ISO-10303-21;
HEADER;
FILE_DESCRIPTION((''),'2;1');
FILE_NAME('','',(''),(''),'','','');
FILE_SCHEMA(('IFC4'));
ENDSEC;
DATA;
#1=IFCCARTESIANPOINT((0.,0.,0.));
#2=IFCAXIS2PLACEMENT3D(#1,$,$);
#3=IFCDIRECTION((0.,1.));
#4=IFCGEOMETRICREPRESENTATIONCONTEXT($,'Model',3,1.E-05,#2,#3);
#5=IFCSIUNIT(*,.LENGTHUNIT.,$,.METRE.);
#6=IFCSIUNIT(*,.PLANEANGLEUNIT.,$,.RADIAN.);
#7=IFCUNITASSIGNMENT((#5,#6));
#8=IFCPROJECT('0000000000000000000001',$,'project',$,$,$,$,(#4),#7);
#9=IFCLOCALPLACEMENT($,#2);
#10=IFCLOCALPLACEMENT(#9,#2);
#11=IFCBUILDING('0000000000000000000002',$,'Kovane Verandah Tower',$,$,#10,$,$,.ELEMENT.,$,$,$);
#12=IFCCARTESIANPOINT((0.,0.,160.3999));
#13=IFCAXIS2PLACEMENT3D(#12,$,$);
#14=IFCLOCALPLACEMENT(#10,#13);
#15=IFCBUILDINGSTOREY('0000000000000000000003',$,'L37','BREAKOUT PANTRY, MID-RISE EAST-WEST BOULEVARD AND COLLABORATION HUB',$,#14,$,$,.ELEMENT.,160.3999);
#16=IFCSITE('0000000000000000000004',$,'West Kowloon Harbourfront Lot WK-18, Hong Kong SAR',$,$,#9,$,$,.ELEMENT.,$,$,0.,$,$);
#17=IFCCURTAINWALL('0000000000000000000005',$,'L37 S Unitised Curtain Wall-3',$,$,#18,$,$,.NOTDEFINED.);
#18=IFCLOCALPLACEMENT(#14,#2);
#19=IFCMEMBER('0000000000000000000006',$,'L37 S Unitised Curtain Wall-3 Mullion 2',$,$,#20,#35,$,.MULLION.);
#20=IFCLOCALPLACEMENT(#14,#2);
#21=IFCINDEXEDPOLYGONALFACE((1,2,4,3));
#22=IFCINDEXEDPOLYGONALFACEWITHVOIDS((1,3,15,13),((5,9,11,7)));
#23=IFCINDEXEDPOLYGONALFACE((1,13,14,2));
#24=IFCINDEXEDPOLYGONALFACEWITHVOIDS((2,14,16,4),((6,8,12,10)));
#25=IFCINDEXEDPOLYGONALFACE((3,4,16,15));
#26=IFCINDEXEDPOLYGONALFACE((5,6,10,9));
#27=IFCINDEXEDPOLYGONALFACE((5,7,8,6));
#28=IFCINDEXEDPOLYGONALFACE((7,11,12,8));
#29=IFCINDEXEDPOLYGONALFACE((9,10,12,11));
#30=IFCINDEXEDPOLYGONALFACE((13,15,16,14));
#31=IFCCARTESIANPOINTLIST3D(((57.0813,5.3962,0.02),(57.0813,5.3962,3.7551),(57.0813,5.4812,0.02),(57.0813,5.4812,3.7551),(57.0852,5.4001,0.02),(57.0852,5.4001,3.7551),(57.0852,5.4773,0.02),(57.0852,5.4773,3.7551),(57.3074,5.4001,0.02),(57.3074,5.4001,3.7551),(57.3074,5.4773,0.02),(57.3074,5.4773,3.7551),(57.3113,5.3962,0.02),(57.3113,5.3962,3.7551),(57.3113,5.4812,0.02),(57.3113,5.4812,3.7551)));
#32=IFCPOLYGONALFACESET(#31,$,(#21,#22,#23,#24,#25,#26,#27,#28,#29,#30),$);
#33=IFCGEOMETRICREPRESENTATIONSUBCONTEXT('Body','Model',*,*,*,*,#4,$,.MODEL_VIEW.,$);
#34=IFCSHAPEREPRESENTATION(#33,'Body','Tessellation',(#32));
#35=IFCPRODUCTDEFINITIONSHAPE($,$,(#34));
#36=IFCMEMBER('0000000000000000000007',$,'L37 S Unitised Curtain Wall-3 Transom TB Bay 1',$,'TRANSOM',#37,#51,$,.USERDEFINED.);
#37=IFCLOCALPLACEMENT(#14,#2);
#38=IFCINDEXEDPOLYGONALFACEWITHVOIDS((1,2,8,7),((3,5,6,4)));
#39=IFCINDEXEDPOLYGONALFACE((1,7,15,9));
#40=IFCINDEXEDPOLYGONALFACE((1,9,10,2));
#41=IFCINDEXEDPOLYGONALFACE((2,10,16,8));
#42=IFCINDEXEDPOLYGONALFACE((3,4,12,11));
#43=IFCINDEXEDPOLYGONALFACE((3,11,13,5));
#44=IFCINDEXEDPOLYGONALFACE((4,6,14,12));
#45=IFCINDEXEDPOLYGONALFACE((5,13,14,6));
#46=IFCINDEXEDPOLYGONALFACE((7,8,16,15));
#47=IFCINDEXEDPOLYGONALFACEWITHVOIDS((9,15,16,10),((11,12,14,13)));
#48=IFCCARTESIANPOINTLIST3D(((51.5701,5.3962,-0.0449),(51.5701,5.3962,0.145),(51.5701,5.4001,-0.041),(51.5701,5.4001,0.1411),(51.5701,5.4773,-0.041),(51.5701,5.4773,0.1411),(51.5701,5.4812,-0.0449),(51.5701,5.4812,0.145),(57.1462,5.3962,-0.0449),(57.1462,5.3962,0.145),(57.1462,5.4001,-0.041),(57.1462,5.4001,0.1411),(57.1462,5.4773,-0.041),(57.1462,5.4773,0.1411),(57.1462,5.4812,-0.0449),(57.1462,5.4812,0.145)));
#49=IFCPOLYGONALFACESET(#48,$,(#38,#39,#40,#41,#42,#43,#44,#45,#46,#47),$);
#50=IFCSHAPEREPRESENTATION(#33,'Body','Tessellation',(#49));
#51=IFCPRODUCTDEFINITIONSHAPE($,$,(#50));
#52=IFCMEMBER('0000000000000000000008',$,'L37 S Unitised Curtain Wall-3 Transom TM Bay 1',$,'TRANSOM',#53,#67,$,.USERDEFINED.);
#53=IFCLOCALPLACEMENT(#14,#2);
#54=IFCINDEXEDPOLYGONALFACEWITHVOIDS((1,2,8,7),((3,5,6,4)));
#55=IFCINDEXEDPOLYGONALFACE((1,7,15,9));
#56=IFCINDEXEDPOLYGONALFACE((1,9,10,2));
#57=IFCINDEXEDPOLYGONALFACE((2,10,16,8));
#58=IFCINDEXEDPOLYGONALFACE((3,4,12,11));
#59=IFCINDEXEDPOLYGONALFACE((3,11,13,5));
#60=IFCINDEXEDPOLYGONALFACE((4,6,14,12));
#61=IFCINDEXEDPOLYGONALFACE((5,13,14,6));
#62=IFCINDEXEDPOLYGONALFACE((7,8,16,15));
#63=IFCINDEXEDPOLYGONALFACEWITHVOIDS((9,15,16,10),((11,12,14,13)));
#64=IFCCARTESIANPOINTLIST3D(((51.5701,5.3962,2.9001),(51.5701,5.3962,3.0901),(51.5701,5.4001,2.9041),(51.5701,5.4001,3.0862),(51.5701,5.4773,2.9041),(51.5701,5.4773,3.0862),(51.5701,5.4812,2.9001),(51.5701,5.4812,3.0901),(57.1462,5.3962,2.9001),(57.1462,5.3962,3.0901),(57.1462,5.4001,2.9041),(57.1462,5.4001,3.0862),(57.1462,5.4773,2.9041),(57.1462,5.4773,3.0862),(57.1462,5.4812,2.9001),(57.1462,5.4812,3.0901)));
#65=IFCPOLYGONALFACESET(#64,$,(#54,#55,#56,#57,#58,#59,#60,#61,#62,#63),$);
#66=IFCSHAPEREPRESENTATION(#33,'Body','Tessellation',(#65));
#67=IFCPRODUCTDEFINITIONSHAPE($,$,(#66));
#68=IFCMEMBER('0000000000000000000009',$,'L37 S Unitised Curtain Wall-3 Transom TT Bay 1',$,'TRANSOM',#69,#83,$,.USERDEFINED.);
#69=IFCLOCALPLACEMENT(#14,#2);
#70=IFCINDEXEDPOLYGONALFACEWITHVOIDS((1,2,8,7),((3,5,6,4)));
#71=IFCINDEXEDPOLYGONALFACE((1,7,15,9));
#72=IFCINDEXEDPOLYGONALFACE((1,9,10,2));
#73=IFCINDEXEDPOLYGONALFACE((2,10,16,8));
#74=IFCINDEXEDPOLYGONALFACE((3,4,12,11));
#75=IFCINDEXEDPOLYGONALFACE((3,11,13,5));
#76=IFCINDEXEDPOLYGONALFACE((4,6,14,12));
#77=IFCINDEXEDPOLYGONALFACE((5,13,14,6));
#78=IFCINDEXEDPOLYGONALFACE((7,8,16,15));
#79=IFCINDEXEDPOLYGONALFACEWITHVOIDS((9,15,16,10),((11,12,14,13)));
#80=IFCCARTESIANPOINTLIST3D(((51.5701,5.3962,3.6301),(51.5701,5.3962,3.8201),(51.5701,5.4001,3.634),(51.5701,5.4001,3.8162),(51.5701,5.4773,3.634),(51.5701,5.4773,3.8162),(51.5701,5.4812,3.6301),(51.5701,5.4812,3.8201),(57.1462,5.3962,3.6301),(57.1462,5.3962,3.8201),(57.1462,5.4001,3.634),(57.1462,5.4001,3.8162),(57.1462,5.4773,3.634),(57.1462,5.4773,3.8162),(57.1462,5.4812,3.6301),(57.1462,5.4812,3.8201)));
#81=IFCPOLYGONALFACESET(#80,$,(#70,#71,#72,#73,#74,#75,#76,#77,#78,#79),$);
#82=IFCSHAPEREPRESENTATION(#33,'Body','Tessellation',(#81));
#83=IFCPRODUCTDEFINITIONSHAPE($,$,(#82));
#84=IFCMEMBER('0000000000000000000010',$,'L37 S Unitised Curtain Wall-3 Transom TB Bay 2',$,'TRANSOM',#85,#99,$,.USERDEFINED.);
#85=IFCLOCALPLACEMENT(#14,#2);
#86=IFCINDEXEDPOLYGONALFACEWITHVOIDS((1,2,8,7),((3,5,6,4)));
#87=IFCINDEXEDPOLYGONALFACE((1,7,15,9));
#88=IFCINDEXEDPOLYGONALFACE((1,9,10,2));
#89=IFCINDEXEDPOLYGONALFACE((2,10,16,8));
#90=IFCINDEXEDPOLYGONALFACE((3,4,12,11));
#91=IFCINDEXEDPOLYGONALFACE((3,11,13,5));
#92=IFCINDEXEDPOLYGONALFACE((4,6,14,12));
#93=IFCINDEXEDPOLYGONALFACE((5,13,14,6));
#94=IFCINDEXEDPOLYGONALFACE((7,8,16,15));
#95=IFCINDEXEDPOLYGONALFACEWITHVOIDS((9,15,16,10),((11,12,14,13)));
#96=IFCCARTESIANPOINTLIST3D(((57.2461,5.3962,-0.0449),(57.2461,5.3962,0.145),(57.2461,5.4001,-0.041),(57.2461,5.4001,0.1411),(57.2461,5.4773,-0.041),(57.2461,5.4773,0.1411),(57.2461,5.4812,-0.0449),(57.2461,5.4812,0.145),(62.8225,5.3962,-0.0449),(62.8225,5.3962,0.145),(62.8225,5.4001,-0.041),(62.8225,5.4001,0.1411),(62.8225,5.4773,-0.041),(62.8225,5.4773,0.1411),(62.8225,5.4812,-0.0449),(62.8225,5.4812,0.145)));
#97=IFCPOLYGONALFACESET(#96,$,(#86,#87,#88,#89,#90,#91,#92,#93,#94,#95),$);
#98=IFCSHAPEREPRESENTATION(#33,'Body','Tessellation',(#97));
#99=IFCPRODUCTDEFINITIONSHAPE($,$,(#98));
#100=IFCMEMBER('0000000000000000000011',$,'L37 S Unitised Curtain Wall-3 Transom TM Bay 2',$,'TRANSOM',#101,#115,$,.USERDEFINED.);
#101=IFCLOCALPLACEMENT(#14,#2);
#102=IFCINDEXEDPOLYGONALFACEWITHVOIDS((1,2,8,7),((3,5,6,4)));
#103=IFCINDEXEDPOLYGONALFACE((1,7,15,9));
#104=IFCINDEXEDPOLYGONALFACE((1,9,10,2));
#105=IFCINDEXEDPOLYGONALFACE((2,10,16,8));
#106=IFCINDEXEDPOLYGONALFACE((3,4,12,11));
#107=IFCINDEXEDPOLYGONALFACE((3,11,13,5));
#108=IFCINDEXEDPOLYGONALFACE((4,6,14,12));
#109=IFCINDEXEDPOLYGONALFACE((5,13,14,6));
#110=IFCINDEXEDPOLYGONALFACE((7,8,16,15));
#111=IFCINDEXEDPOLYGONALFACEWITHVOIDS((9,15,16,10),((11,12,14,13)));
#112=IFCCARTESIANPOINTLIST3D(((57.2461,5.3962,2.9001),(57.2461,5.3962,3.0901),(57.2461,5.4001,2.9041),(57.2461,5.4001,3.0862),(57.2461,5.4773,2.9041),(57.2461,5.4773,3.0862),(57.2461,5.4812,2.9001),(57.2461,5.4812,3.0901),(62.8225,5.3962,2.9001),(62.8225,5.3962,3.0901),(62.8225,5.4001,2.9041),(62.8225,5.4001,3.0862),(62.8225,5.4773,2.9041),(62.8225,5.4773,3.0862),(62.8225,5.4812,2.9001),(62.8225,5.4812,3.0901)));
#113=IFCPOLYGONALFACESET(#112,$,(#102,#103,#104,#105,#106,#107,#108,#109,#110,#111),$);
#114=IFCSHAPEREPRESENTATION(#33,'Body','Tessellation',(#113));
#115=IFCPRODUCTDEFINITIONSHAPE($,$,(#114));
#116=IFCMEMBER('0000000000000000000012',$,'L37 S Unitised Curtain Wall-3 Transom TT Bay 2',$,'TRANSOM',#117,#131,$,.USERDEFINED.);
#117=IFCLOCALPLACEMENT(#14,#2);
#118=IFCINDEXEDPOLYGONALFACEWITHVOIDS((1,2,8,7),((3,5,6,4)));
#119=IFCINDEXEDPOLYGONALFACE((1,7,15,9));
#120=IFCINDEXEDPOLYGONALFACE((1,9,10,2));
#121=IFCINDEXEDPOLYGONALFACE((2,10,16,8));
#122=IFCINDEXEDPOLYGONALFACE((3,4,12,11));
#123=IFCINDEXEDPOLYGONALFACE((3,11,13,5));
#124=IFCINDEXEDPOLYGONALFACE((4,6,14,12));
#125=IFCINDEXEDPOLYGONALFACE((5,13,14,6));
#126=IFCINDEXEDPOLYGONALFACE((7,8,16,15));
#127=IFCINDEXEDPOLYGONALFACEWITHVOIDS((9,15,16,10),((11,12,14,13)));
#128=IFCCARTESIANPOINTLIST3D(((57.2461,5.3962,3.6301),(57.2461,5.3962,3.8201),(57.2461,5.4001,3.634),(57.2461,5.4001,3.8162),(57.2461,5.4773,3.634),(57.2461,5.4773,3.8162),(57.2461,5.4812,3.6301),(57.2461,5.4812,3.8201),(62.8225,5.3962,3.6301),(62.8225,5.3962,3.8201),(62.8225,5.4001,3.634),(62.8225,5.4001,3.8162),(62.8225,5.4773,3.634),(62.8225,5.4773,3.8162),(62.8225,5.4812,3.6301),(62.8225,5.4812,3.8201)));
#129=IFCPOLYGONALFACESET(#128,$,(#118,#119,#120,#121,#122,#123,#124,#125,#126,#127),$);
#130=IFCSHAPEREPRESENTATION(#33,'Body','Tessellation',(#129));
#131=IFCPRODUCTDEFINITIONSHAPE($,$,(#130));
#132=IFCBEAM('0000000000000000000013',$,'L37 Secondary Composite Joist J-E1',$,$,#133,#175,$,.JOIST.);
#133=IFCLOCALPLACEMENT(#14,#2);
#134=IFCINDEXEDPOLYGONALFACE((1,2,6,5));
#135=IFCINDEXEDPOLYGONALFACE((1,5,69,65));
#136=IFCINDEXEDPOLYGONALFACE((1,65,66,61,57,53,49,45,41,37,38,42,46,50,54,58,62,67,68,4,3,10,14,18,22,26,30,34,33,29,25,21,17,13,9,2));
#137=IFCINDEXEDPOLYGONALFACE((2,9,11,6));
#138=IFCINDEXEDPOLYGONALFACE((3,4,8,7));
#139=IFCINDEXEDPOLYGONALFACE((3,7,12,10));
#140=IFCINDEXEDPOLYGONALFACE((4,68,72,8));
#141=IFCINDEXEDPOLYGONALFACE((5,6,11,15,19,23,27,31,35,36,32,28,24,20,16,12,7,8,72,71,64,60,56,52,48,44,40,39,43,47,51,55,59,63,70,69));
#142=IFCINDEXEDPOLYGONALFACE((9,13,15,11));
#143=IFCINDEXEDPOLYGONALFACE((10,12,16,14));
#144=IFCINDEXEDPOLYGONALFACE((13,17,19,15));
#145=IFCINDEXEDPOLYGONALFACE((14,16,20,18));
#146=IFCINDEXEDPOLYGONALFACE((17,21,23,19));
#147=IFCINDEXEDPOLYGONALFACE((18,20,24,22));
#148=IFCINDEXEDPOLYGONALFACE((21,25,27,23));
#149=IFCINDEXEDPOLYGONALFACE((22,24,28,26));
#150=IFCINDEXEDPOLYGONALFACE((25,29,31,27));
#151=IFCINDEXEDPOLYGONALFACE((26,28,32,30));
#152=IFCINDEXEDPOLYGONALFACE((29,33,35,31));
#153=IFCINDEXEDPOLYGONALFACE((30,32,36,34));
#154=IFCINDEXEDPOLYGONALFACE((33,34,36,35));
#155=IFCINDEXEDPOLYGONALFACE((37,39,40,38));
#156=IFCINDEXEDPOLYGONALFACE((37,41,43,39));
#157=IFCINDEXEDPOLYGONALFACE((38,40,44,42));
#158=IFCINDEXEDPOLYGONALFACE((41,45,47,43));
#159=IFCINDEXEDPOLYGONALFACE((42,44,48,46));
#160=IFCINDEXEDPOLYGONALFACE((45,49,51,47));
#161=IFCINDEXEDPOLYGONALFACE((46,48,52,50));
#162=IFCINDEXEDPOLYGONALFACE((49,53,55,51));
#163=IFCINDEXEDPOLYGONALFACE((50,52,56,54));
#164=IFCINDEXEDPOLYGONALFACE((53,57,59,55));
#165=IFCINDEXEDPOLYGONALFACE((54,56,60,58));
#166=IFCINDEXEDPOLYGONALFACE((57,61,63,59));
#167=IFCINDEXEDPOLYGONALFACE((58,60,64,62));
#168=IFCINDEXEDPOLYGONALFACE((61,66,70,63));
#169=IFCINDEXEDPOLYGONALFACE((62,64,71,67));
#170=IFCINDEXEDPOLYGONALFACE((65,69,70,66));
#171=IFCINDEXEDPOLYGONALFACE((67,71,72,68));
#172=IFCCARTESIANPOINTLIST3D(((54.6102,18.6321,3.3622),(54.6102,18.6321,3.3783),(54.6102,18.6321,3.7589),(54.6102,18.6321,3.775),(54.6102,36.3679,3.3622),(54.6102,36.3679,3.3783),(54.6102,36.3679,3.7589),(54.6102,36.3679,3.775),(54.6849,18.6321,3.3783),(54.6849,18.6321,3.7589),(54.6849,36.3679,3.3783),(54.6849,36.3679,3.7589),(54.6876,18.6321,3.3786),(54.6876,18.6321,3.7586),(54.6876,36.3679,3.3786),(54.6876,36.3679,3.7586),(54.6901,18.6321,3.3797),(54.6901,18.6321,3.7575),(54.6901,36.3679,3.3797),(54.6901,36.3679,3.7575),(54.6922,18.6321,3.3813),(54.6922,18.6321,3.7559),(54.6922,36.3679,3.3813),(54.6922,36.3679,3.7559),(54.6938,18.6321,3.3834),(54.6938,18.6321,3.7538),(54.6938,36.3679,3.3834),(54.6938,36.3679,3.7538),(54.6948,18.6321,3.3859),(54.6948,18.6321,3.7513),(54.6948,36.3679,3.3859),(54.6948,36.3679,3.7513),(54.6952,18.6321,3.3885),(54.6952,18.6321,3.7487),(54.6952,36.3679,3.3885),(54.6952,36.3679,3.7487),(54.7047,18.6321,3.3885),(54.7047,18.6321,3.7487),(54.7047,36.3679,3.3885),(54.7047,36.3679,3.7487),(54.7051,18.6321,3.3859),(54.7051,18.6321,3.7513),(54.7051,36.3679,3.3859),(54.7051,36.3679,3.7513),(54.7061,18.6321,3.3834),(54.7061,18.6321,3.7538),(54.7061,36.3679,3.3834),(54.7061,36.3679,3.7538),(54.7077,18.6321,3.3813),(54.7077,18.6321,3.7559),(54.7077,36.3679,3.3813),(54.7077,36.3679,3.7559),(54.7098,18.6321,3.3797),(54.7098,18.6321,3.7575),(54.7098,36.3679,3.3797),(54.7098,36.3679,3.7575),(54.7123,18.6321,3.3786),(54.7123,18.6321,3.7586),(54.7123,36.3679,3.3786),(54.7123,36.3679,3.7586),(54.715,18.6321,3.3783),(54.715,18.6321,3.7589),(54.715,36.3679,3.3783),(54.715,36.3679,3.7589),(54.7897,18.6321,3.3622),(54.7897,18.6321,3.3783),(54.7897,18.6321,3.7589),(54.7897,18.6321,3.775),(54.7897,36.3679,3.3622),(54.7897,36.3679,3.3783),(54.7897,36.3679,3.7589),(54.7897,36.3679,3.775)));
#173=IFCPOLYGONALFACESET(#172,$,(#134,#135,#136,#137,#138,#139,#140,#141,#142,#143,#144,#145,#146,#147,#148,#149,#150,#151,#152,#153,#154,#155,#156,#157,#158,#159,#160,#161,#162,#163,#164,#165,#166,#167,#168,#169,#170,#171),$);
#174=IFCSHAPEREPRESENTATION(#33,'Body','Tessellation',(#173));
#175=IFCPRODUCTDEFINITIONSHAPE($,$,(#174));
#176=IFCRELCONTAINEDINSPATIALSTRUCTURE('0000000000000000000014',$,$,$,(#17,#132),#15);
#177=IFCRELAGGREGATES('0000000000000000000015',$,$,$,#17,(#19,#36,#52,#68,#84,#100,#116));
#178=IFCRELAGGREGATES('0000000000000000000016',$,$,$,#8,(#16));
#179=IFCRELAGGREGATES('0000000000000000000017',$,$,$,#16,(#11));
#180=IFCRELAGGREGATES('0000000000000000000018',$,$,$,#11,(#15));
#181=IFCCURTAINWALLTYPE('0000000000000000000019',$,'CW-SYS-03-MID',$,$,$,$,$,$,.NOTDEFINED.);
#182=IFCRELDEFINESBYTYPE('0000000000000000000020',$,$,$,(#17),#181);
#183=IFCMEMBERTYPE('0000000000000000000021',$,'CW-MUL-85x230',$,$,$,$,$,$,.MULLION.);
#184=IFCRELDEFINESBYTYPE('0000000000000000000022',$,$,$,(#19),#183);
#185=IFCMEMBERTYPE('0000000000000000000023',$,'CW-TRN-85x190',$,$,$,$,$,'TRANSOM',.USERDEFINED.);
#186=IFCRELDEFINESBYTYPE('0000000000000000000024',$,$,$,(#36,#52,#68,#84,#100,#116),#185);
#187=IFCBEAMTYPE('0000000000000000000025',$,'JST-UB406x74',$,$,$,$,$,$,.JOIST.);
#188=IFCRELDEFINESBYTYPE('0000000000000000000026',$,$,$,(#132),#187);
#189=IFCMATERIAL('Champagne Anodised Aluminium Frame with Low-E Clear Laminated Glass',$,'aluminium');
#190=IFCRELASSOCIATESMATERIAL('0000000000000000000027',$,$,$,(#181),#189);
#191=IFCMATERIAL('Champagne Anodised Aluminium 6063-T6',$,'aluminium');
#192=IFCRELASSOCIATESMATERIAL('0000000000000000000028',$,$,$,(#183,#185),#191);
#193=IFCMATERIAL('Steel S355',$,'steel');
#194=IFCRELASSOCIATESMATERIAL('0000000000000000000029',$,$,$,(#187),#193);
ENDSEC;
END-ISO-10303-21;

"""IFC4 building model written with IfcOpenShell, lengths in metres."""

from ifc_helpers import new_model, si_unit, direction, frame, origin, origin_2d, place, context, subcontext, project, spatial, hollow_rectangle, i_section, extrude, material, material_profile, profile_set, type_object, element, aggregate, save


model = new_model("IFC4")

# Units and contexts
model_context = context("Model", 3, precision=1e-05, world=origin(), true_north=direction((0.0, 1.0)))
body_context = subcontext(model_context, "Body", "Model", "MODEL_VIEW")
ifc_project = project(units=[si_unit("LENGTHUNIT", "METRE"), si_unit("PLANEANGLEUNIT", "RADIAN")], contexts=[model_context])

# Site, building, storey
site_placement = place(None, origin())
site = spatial("IfcSite", under=ifc_project, at=site_placement, Name="West Kowloon Harbourfront Lot WK-18, Hong Kong SAR", CompositionType="ELEMENT", RefElevation=0.0)
building_placement = place(site_placement, origin())
building = spatial("IfcBuilding", under=site, at=building_placement, Name="Kovane Verandah Tower", CompositionType="ELEMENT")
storey_placement = place(building_placement, frame((0.0, 0.0, 160.3999)))
storey = spatial("IfcBuildingStorey", under=building, at=storey_placement, Name="L37", Description="BREAKOUT PANTRY, MID-RISE EAST-WEST BOULEVARD AND COLLABORATION HUB", CompositionType="ELEMENT", Elevation=160.3999)

# Shared definitions
ifc_material_1 = material(Name="Steel S355", Category="steel")

# Curtain wall, members
ifc_material_2 = material(Name="Champagne Anodised Aluminium Frame with Low-E Clear Laminated Glass", Category="aluminium")
curtain_wall_type = type_object("IfcCurtainWallType", Name="CW-SYS-03-MID", PredefinedType="NOTDEFINED", material=ifc_material_2)
curtain_wall_placement = place(storey_placement, origin())
curtain_wall = element("IfcCurtainWall", 1, at=curtain_wall_placement, inside=storey, type_object=curtain_wall_type, Name="L37 S Unitised Curtain Wall-3", PredefinedType="NOTDEFINED")
ifc_material_3 = material(Name="Champagne Anodised Aluminium 6063-T6", Category="aluminium")
ifc_material_profile_1 = material_profile(ifc_material_3, hollow_rectangle(XDim=0.085, YDim=0.23, WallThickness=0.0039, at=origin_2d()), Name="AL85x230x4")
ifc_profile_set_1 = profile_set([ifc_material_profile_1], Name="Champagne Anodised Aluminium 6063-T6")
member_type_1 = type_object("IfcMemberType", Name="CW-MUL-85x230", PredefinedType="MULLION", material=ifc_profile_set_1)
member_1_placement = place(storey_placement, frame((57.1963, 5.4387, 0.02), z_axis=(0.0, 0.0, 1.0), x_axis=(0.0, -1.0, 0.0)))
member_1 = element("IfcMember", 2, at=member_1_placement, type_object=member_type_1, Name="L37 S Unitised Curtain Wall-3 Mullion 2", PredefinedType="MULLION", context=body_context, shape_type="SweptSolid", body=[
    extrude(hollow_rectangle(XDim=0.085, YDim=0.23, WallThickness=0.0039, at=origin_2d()), origin(), (0.0, 0.0, 1.0), 3.7351),
])
ifc_material_profile_2 = material_profile(ifc_material_3, hollow_rectangle(XDim=0.085, YDim=0.1899, WallThickness=0.0039, at=origin_2d()), Name="AL85x190x4")
ifc_profile_set_2 = profile_set([ifc_material_profile_2], Name="Champagne Anodised Aluminium 6063-T6")
member_type_2 = type_object("IfcMemberType", Name="CW-TRN-85x190", ElementType="TRANSOM", PredefinedType="USERDEFINED", material=ifc_profile_set_2)
member_2_placement = place(storey_placement, frame((51.5701, 5.4387, 0.05), z_axis=(1.0, 0.0, 0.0), x_axis=(0.0, 1.0, 0.0)))
member_2 = element("IfcMember", 3, at=member_2_placement, type_object=member_type_2, Name="L37 S Unitised Curtain Wall-3 Transom TB Bay 1", ObjectType="TRANSOM", PredefinedType="USERDEFINED", context=body_context, shape_type="SweptSolid", body=[
    extrude(hollow_rectangle(XDim=0.085, YDim=0.1899, WallThickness=0.0039, at=origin_2d()), origin(), (0.0, 0.0, 1.0), 5.5762),
])
member_3_placement = place(storey_placement, frame((51.5701, 5.4387, 2.9951), z_axis=(1.0, 0.0, 0.0), x_axis=(0.0, 1.0, 0.0)))
member_3 = element("IfcMember", 4, at=member_3_placement, type_object=member_type_2, Name="L37 S Unitised Curtain Wall-3 Transom TM Bay 1", ObjectType="TRANSOM", PredefinedType="USERDEFINED", context=body_context, shape_type="SweptSolid", body=[
    extrude(hollow_rectangle(XDim=0.085, YDim=0.1899, WallThickness=0.0039, at=origin_2d()), origin(), (0.0, 0.0, 1.0), 5.5762),
])
member_4_placement = place(storey_placement, frame((51.5701, 5.4387, 3.7251), z_axis=(1.0, 0.0, 0.0), x_axis=(0.0, 1.0, 0.0)))
member_4 = element("IfcMember", 5, at=member_4_placement, type_object=member_type_2, Name="L37 S Unitised Curtain Wall-3 Transom TT Bay 1", ObjectType="TRANSOM", PredefinedType="USERDEFINED", context=body_context, shape_type="SweptSolid", body=[
    extrude(hollow_rectangle(XDim=0.085, YDim=0.1899, WallThickness=0.0039, at=origin_2d()), origin(), (0.0, 0.0, 1.0), 5.5762),
])
member_5_placement = place(storey_placement, frame((57.2461, 5.4387, 0.05), z_axis=(1.0, 0.0, 0.0), x_axis=(0.0, 1.0, 0.0)))
member_5 = element("IfcMember", 6, at=member_5_placement, type_object=member_type_2, Name="L37 S Unitised Curtain Wall-3 Transom TB Bay 2", ObjectType="TRANSOM", PredefinedType="USERDEFINED", context=body_context, shape_type="SweptSolid", body=[
    extrude(hollow_rectangle(XDim=0.085, YDim=0.1899, WallThickness=0.0039, at=origin_2d()), origin(), (0.0, 0.0, 1.0), 5.5764),
])
member_6_placement = place(storey_placement, frame((57.2461, 5.4387, 2.9951), z_axis=(1.0, 0.0, 0.0), x_axis=(0.0, 1.0, 0.0)))
member_6 = element("IfcMember", 7, at=member_6_placement, type_object=member_type_2, Name="L37 S Unitised Curtain Wall-3 Transom TM Bay 2", ObjectType="TRANSOM", PredefinedType="USERDEFINED", context=body_context, shape_type="SweptSolid", body=[
    extrude(hollow_rectangle(XDim=0.085, YDim=0.1899, WallThickness=0.0039, at=origin_2d()), origin(), (0.0, 0.0, 1.0), 5.5764),
])
member_7_placement = place(storey_placement, frame((57.2461, 5.4387, 3.7251), z_axis=(1.0, 0.0, 0.0), x_axis=(0.0, 1.0, 0.0)))
member_7 = element("IfcMember", 8, at=member_7_placement, type_object=member_type_2, Name="L37 S Unitised Curtain Wall-3 Transom TT Bay 2", ObjectType="TRANSOM", PredefinedType="USERDEFINED", context=body_context, shape_type="SweptSolid", body=[
    extrude(hollow_rectangle(XDim=0.085, YDim=0.1899, WallThickness=0.0039, at=origin_2d()), origin(), (0.0, 0.0, 1.0), 5.5764),
])

# Beam
ifc_material_profile_3 = material_profile(ifc_material_1, i_section(OverallWidth=0.1794, OverallDepth=0.4128, WebThickness=0.0095, FlangeThickness=0.0161, FilletRadius=0.0103, at=origin_2d()), Name="UB406x178x74")
ifc_profile_set_3 = profile_set([ifc_material_profile_3], Name="Steel S355")
beam_type_1 = type_object("IfcBeamType", Name="JST-UB406x74", PredefinedType="JOIST", material=ifc_profile_set_3)
beam_1_placement = place(storey_placement, frame((54.7, 18.6321, 3.5686), z_axis=(0.0, 1.0, 0.0), x_axis=(-1.0, 0.0, 0.0)))
element("IfcBeam", 9, at=beam_1_placement, inside=storey, type_object=beam_type_1, Name="L37 Secondary Composite Joist J-E1", PredefinedType="JOIST", context=body_context, shape_type="SweptSolid", body=[
    extrude(i_section(OverallWidth=0.1794, OverallDepth=0.4128, WebThickness=0.0095, FlangeThickness=0.0161, FilletRadius=0.0103, at=origin_2d()), origin(), (0.0, 0.0, 1.0), 17.7358),
])

aggregate(curtain_wall, [member_1, member_2, member_3, member_4, member_5, member_6, member_7])

save(model, "model.ifc")
